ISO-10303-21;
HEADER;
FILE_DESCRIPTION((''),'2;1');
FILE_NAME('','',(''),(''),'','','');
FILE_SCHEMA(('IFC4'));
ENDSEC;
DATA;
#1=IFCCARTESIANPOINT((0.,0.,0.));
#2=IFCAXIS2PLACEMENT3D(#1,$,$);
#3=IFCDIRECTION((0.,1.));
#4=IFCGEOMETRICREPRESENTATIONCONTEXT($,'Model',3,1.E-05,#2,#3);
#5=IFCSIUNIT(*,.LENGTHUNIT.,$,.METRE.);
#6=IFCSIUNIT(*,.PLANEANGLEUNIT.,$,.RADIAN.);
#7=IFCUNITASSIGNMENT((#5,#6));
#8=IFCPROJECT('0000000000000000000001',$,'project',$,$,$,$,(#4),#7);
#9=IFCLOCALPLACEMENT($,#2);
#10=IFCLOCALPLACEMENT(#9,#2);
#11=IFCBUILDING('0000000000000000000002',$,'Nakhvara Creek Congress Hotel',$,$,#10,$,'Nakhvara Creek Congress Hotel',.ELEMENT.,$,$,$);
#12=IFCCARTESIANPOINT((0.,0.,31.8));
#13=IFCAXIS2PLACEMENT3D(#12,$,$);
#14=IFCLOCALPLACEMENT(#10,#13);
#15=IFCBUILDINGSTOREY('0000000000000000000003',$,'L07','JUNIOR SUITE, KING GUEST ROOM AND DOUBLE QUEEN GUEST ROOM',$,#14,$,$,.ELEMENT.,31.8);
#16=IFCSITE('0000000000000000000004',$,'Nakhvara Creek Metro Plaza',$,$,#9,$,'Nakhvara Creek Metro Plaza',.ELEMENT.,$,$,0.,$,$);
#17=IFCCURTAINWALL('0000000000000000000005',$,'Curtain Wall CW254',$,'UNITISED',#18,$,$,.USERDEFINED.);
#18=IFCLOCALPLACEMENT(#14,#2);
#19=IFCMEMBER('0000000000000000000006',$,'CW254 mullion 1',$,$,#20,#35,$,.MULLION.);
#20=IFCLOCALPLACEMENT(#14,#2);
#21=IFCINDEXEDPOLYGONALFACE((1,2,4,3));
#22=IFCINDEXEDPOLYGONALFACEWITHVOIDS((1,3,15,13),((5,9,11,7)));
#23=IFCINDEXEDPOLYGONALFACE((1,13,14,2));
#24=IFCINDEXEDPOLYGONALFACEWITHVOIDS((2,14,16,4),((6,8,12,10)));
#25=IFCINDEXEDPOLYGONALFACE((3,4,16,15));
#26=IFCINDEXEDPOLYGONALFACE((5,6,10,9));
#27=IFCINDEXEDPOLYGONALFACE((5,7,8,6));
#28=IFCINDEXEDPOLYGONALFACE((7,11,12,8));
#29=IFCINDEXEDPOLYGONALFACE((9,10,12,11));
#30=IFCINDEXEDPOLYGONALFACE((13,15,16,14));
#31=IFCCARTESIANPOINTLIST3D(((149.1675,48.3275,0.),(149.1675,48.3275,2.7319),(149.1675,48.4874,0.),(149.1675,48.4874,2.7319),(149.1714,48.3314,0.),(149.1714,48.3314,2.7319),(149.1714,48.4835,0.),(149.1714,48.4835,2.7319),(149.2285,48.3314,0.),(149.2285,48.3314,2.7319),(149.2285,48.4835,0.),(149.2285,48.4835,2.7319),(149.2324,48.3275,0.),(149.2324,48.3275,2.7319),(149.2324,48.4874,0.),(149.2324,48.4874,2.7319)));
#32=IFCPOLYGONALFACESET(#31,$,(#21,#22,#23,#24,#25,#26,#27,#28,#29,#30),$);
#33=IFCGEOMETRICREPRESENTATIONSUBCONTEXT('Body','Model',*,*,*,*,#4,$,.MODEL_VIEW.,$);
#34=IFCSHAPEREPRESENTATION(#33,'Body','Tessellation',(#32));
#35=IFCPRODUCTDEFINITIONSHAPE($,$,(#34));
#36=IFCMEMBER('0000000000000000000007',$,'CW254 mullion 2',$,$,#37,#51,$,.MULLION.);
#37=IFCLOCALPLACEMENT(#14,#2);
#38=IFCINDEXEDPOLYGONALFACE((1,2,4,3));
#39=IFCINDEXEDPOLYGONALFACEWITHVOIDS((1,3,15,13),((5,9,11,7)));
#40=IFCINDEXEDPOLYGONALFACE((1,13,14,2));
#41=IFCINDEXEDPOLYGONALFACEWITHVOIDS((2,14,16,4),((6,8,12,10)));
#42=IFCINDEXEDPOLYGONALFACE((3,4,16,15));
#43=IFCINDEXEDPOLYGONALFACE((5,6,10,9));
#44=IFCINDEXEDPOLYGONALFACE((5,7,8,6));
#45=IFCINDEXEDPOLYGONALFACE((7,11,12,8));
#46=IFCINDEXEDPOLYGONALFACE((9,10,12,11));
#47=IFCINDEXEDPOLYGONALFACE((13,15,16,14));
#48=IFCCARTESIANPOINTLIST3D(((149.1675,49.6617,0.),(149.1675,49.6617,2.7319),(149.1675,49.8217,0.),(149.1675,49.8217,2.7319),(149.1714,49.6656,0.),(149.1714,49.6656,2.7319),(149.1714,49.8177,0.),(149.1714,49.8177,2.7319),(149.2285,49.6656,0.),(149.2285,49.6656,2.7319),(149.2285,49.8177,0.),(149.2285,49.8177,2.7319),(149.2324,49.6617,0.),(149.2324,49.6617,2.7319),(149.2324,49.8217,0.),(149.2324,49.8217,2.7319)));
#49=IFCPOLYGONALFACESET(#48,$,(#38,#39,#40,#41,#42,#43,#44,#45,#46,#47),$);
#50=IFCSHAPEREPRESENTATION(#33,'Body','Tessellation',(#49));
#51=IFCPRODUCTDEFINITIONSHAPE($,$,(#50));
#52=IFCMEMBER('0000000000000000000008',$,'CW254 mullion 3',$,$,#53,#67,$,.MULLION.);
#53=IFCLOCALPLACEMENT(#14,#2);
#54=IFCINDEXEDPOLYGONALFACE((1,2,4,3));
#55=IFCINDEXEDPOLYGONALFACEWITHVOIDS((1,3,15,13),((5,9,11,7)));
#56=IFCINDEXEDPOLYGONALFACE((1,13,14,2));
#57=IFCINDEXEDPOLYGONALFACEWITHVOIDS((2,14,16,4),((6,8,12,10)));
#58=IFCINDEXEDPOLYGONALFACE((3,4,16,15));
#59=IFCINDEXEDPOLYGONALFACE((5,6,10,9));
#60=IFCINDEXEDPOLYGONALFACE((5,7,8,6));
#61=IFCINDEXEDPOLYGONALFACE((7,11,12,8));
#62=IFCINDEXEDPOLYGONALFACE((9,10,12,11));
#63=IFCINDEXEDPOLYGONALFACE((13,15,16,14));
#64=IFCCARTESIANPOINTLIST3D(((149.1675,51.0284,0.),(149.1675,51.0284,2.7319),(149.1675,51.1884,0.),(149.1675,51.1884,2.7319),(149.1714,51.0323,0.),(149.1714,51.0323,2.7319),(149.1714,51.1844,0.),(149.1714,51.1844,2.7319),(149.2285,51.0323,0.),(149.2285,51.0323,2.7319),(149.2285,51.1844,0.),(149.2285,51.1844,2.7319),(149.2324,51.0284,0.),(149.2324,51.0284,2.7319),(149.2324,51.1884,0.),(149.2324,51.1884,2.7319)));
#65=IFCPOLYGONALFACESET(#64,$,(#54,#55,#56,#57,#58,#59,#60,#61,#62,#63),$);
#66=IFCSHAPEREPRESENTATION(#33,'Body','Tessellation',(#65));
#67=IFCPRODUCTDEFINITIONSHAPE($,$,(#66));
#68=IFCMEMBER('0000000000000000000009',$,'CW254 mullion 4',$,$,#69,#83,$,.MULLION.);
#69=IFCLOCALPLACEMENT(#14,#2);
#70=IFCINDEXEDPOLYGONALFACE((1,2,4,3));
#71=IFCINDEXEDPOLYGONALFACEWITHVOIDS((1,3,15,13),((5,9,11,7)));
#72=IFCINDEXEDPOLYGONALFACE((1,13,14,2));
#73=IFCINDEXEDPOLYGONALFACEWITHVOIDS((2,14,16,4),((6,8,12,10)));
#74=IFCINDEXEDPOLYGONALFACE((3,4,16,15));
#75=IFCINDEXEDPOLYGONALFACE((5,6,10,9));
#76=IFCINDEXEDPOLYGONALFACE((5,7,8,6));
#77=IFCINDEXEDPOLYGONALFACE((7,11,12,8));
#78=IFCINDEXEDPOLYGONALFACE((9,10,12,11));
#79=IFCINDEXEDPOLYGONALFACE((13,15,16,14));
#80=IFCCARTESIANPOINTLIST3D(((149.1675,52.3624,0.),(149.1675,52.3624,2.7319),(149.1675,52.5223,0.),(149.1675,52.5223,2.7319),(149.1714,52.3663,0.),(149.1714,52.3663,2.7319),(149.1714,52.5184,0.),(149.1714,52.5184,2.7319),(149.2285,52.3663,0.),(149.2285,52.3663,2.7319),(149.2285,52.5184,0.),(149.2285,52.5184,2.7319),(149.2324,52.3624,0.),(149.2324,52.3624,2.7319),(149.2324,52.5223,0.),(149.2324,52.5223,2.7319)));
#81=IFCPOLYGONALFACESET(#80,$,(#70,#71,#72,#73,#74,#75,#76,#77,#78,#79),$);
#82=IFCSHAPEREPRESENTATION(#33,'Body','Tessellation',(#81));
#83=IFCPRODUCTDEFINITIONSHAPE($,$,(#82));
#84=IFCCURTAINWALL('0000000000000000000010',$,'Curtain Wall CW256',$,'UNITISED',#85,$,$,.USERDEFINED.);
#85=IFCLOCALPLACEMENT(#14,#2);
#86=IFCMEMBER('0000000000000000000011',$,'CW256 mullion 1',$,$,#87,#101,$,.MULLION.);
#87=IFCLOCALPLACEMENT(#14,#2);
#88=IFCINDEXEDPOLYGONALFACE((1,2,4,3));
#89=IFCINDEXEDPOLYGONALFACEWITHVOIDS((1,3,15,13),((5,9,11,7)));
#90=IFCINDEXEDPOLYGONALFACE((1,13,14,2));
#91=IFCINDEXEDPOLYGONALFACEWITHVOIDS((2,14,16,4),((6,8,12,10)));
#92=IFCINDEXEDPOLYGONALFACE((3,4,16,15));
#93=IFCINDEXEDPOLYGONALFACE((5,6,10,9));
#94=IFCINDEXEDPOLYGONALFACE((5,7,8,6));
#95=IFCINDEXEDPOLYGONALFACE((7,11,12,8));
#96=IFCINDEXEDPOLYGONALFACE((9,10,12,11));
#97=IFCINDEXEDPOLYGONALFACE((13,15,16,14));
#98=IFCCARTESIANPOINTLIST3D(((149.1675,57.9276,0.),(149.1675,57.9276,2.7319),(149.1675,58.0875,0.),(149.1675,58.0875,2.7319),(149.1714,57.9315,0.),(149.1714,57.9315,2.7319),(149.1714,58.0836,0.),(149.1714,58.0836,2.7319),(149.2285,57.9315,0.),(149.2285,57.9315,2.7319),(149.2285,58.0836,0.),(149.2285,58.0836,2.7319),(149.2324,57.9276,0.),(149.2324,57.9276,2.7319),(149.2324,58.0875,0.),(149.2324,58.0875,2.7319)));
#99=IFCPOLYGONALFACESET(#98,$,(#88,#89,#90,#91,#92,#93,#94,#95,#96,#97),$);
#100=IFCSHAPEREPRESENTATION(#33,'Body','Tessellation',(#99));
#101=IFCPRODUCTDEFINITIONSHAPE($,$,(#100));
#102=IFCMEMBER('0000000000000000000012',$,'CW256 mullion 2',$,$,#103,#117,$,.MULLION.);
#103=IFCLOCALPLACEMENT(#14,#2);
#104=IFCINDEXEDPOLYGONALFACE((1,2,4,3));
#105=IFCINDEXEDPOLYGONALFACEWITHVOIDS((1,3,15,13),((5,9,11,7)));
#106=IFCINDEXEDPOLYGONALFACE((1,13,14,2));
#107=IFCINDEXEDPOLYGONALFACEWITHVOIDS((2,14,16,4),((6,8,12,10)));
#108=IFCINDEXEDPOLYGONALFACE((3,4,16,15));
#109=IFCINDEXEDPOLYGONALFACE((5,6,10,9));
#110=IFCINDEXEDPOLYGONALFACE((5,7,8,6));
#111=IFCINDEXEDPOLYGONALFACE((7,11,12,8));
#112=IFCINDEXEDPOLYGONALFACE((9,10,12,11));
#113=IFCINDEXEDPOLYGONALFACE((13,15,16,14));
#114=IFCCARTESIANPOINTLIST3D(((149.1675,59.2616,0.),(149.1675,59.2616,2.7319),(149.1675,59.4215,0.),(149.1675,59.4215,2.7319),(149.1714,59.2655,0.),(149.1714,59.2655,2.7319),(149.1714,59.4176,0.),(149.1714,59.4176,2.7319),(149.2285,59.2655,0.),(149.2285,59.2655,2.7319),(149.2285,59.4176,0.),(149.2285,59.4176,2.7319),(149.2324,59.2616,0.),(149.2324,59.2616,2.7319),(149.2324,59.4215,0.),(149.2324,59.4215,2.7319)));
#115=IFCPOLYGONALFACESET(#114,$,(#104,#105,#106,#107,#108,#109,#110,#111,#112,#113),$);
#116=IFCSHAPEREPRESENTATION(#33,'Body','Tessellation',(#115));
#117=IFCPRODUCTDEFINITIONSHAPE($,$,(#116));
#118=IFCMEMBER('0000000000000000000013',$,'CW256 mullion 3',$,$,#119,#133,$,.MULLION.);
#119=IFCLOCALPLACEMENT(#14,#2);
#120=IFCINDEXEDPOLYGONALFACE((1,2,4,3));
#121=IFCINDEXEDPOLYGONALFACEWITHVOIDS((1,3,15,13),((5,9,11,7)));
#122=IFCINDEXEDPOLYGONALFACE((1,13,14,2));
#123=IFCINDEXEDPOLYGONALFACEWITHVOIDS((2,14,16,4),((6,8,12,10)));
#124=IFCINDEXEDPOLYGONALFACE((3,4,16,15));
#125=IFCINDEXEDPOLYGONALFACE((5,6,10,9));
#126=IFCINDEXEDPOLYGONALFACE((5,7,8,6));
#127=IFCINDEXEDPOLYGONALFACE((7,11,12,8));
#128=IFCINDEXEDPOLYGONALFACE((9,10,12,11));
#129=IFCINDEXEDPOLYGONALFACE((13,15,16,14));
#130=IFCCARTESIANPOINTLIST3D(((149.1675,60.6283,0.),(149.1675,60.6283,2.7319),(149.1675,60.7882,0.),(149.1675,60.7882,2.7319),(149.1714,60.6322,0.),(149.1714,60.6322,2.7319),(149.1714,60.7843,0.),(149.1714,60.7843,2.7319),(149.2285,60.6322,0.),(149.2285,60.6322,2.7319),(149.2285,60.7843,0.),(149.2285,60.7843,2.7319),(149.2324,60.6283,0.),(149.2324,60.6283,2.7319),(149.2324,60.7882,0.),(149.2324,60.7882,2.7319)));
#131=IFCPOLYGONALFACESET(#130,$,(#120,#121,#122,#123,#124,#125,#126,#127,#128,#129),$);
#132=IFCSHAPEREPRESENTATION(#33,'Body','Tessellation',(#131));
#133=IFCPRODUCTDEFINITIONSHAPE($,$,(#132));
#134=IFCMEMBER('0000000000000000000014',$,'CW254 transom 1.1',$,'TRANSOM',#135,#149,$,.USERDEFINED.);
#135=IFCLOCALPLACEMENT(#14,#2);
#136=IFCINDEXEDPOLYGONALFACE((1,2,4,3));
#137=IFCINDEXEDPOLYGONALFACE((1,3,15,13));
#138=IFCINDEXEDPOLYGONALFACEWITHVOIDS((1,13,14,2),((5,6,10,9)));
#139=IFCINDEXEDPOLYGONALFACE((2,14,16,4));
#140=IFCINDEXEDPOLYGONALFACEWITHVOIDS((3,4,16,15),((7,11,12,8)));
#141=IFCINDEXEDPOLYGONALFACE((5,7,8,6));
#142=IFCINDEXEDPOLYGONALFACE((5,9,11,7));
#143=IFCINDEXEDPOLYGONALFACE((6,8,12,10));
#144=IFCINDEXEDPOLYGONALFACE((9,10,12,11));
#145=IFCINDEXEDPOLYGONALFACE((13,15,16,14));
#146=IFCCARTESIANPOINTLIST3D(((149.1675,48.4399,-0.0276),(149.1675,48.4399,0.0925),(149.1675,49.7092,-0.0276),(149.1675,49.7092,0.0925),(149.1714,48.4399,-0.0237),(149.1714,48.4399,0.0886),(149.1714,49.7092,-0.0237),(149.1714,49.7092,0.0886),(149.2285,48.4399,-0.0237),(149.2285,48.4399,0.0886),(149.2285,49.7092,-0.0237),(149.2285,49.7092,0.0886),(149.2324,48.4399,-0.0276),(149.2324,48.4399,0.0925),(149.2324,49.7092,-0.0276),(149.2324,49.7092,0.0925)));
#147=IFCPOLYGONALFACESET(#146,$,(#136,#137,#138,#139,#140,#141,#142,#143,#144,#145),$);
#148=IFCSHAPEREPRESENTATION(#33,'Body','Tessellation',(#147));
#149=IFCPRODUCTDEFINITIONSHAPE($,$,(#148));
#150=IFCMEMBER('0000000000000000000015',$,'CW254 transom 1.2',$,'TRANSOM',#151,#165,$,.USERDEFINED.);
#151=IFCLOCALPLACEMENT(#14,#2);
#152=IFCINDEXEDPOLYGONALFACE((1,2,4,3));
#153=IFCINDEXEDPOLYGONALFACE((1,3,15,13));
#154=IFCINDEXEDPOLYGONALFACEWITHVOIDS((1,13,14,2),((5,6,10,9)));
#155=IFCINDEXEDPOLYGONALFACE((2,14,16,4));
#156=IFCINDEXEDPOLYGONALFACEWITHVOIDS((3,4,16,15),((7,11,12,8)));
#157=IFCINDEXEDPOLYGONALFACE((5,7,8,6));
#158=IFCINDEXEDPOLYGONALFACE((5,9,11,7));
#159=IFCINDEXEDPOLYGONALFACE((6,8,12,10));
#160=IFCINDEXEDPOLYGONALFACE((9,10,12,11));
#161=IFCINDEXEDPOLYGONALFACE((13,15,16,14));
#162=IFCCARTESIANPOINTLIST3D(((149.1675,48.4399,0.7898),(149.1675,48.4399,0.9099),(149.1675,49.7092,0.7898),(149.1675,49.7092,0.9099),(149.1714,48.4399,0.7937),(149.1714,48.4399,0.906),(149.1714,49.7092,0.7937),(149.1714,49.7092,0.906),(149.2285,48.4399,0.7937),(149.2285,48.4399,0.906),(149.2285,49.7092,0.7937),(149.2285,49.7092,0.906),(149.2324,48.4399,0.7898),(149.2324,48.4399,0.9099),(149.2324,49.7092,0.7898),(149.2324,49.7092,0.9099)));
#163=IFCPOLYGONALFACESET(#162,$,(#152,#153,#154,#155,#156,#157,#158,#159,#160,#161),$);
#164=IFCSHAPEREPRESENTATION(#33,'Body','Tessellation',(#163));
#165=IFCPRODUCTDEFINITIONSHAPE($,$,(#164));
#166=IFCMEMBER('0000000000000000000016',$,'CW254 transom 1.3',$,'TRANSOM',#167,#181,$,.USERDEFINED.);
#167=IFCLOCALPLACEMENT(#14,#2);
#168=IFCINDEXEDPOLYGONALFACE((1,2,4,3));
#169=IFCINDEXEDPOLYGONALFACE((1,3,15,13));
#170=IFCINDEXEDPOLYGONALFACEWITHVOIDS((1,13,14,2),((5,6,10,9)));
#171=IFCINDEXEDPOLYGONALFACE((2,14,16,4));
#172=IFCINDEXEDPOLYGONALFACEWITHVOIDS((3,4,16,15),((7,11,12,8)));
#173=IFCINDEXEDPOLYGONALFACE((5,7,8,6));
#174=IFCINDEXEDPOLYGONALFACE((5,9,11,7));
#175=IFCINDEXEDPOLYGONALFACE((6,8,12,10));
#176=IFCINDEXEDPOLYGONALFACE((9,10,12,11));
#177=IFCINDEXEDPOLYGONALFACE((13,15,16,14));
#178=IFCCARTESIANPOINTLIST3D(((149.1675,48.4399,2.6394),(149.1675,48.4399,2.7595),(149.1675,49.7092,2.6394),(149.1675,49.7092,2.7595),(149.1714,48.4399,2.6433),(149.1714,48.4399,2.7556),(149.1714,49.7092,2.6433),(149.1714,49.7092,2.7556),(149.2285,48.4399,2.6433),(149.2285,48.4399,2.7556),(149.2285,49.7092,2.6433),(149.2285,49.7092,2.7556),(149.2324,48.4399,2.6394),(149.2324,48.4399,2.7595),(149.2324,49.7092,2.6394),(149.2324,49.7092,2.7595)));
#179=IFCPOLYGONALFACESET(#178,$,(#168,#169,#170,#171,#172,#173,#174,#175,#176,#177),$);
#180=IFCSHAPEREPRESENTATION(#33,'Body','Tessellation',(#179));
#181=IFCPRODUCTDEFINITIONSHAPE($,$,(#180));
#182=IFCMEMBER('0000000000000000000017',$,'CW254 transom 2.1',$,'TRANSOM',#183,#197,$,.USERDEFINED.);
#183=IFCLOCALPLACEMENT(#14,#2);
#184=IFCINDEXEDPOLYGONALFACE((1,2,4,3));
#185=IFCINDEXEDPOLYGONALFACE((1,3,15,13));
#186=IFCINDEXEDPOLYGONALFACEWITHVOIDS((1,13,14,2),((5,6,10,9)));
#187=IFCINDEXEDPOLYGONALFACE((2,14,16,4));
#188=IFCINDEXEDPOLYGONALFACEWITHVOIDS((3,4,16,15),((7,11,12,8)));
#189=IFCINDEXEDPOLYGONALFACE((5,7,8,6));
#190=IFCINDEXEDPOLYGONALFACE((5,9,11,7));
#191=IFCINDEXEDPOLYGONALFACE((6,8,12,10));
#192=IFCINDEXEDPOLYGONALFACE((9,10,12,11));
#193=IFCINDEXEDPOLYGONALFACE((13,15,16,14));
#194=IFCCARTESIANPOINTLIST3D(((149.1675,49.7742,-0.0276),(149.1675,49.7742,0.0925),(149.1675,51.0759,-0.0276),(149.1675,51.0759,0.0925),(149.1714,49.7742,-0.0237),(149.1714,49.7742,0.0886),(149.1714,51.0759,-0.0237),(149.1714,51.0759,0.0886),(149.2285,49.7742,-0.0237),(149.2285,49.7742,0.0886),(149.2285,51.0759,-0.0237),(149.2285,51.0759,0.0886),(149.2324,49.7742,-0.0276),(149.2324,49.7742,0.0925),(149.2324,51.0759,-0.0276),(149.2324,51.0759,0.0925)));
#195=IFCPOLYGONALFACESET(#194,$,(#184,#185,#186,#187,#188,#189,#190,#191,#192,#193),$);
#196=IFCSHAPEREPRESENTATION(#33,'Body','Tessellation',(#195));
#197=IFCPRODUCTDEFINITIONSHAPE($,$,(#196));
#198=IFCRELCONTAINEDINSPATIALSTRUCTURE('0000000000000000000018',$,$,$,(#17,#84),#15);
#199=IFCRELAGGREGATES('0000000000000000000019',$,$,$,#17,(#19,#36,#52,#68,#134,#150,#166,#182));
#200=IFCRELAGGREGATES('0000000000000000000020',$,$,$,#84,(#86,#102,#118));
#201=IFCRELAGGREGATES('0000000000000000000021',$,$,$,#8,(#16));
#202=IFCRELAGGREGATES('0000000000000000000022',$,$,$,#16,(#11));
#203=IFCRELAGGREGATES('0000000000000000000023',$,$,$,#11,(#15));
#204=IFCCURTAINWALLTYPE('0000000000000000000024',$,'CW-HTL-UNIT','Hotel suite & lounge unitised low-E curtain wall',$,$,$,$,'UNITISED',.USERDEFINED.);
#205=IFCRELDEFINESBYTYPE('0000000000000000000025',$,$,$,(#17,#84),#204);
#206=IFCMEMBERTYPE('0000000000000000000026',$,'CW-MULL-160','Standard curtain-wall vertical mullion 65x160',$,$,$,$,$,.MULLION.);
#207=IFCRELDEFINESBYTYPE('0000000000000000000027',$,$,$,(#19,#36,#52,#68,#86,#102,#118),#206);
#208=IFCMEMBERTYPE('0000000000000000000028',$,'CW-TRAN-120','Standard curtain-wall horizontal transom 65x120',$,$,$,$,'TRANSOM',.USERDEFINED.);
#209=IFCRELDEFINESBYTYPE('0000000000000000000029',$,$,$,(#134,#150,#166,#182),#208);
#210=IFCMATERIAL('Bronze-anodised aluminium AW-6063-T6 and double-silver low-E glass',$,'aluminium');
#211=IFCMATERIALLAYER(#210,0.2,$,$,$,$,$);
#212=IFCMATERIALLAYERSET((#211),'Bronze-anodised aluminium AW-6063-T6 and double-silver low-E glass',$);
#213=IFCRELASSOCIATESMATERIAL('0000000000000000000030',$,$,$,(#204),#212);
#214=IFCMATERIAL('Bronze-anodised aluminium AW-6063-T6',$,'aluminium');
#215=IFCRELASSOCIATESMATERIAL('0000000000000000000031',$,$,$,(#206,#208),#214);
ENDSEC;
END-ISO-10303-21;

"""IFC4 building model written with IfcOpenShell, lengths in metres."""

from ifc_helpers import new_model, si_unit, direction, frame, origin, origin_2d, place, context, subcontext, project, spatial, hollow_rectangle, extrude, material, layer, layer_set, material_profile, profile_set, type_object, element, aggregate, save


model = new_model("IFC4")

# Units and contexts
model_context = context("Model", 3, precision=1e-05, world=origin(), true_north=direction((0.0, 1.0)))
body_context = subcontext(model_context, "Body", "Model", "MODEL_VIEW")
ifc_project = project(units=[si_unit("LENGTHUNIT", "METRE"), si_unit("PLANEANGLEUNIT", "RADIAN")], contexts=[model_context])

# Site, building, storey
site_placement = place(None, origin())
site = spatial("IfcSite", under=ifc_project, at=site_placement, Name="Nakhvara Creek Metro Plaza", LongName="Nakhvara Creek Metro Plaza", CompositionType="ELEMENT", RefElevation=0.0)
building_placement = place(site_placement, origin())
building = spatial("IfcBuilding", under=site, at=building_placement, Name="Nakhvara Creek Congress Hotel", LongName="Nakhvara Creek Congress Hotel", CompositionType="ELEMENT")
storey_placement = place(building_placement, frame((0.0, 0.0, 31.8)))
storey = spatial("IfcBuildingStorey", under=building, at=storey_placement, Name="L07", Description="JUNIOR SUITE, KING GUEST ROOM AND DOUBLE QUEEN GUEST ROOM", CompositionType="ELEMENT", Elevation=31.8)

# Curtain walls, members
ifc_material_1 = material(Name="Bronze-anodised aluminium AW-6063-T6 and double-silver low-E glass", Category="aluminium")
ifc_layer = layer(ifc_material_1, 0.2)
ifc_layer_set = layer_set([ifc_layer], Name="Bronze-anodised aluminium AW-6063-T6 and double-silver low-E glass")
curtain_wall_type = type_object("IfcCurtainWallType", Name="CW-HTL-UNIT", Description="Hotel suite & lounge unitised low-E curtain wall", ElementType="UNITISED", PredefinedType="USERDEFINED", material=ifc_layer_set)
curtain_wall_1_placement = place(storey_placement, origin())
curtain_wall_1 = element("IfcCurtainWall", 1, at=curtain_wall_1_placement, inside=storey, type_object=curtain_wall_type, Name="Curtain Wall CW254", ObjectType="UNITISED", PredefinedType="USERDEFINED")
ifc_material_2 = material(Name="Bronze-anodised aluminium AW-6063-T6", Category="aluminium")
ifc_material_profile_1 = material_profile(ifc_material_2, hollow_rectangle(XDim=0.0649, YDim=0.1599, WallThickness=0.0039, at=origin_2d()), Name="ALU-MULL 65x160x4", Category="LoadBearing")
ifc_profile_set_1 = profile_set([ifc_material_profile_1], Name="Bronze-anodised aluminium AW-6063-T6")
member_type_1 = type_object("IfcMemberType", Name="CW-MULL-160", Description="Standard curtain-wall vertical mullion 65x160", PredefinedType="MULLION", material=ifc_profile_set_1)
member_1_placement = place(storey_placement, frame((149.2, 48.4075, 0.0), z_axis=(0.0, 0.0, 1.0), x_axis=(-1.0, 0.0, 0.0)))
member_1 = element("IfcMember", 2, at=member_1_placement, type_object=member_type_1, Name="CW254 mullion 1", PredefinedType="MULLION", context=body_context, shape_type="SweptSolid", body=[
    extrude(hollow_rectangle(XDim=0.0649, YDim=0.1599, WallThickness=0.0039, at=origin_2d()), origin(), (0.0, 0.0, 1.0), 2.7319),
])
member_2_placement = place(storey_placement, frame((149.2, 49.7417, 0.0), z_axis=(0.0, 0.0, 1.0), x_axis=(-1.0, 0.0, 0.0)))
member_2 = element("IfcMember", 3, at=member_2_placement, type_object=member_type_1, Name="CW254 mullion 2", PredefinedType="MULLION", context=body_context, shape_type="SweptSolid", body=[
    extrude(hollow_rectangle(XDim=0.0649, YDim=0.1599, WallThickness=0.0039, at=origin_2d()), origin(), (0.0, 0.0, 1.0), 2.7319),
])
member_3_placement = place(storey_placement, frame((149.2, 51.1084, 0.0), z_axis=(0.0, 0.0, 1.0), x_axis=(-1.0, 0.0, 0.0)))
member_3 = element("IfcMember", 4, at=member_3_placement, type_object=member_type_1, Name="CW254 mullion 3", PredefinedType="MULLION", context=body_context, shape_type="SweptSolid", body=[
    extrude(hollow_rectangle(XDim=0.0649, YDim=0.1599, WallThickness=0.0039, at=origin_2d()), origin(), (0.0, 0.0, 1.0), 2.7319),
])
member_4_placement = place(storey_placement, frame((149.2, 52.4424, 0.0), z_axis=(0.0, 0.0, 1.0), x_axis=(-1.0, 0.0, 0.0)))
member_4 = element("IfcMember", 5, at=member_4_placement, type_object=member_type_1, Name="CW254 mullion 4", PredefinedType="MULLION", context=body_context, shape_type="SweptSolid", body=[
    extrude(hollow_rectangle(XDim=0.0649, YDim=0.1599, WallThickness=0.0039, at=origin_2d()), origin(), (0.0, 0.0, 1.0), 2.7319),
])
curtain_wall_2_placement = place(storey_placement, origin())
curtain_wall_2 = element("IfcCurtainWall", 6, at=curtain_wall_2_placement, inside=storey, type_object=curtain_wall_type, Name="Curtain Wall CW256", ObjectType="UNITISED", PredefinedType="USERDEFINED")
member_5_placement = place(storey_placement, frame((149.2, 58.0076, 0.0), z_axis=(0.0, 0.0, 1.0), x_axis=(-1.0, 0.0, 0.0)))
member_5 = element("IfcMember", 7, at=member_5_placement, type_object=member_type_1, Name="CW256 mullion 1", PredefinedType="MULLION", context=body_context, shape_type="SweptSolid", body=[
    extrude(hollow_rectangle(XDim=0.0649, YDim=0.1599, WallThickness=0.0039, at=origin_2d()), origin(), (0.0, 0.0, 1.0), 2.7319),
])
member_6_placement = place(storey_placement, frame((149.2, 59.3416, 0.0), z_axis=(0.0, 0.0, 1.0), x_axis=(-1.0, 0.0, 0.0)))
member_6 = element("IfcMember", 8, at=member_6_placement, type_object=member_type_1, Name="CW256 mullion 2", PredefinedType="MULLION", context=body_context, shape_type="SweptSolid", body=[
    extrude(hollow_rectangle(XDim=0.0649, YDim=0.1599, WallThickness=0.0039, at=origin_2d()), origin(), (0.0, 0.0, 1.0), 2.7319),
])
member_7_placement = place(storey_placement, frame((149.2, 60.7083, 0.0), z_axis=(0.0, 0.0, 1.0), x_axis=(-1.0, 0.0, 0.0)))
member_7 = element("IfcMember", 9, at=member_7_placement, type_object=member_type_1, Name="CW256 mullion 3", PredefinedType="MULLION", context=body_context, shape_type="SweptSolid", body=[
    extrude(hollow_rectangle(XDim=0.0649, YDim=0.1599, WallThickness=0.0039, at=origin_2d()), origin(), (0.0, 0.0, 1.0), 2.7319),
])

# Members
ifc_material_profile_2 = material_profile(ifc_material_2, hollow_rectangle(XDim=0.0649, YDim=0.1201, WallThickness=0.0039, at=origin_2d()), Name="ALU-TRAN 65x120x4", Category="LoadBearing")
ifc_profile_set_2 = profile_set([ifc_material_profile_2], Name="Bronze-anodised aluminium AW-6063-T6")
member_type_2 = type_object("IfcMemberType", Name="CW-TRAN-120", Description="Standard curtain-wall horizontal transom 65x120", ElementType="TRANSOM", PredefinedType="USERDEFINED", material=ifc_profile_set_2)
member_8_placement = place(storey_placement, frame((149.2, 48.4399, 0.0325), z_axis=(0.0, 1.0, 0.0), x_axis=(-1.0, 0.0, 0.0)))
member_8 = element("IfcMember", 10, at=member_8_placement, type_object=member_type_2, Name="CW254 transom 1.1", ObjectType="TRANSOM", PredefinedType="USERDEFINED", context=body_context, shape_type="SweptSolid", body=[
    extrude(hollow_rectangle(XDim=0.0649, YDim=0.1201, WallThickness=0.0039, at=origin_2d()), origin(), (0.0, 0.0, 1.0), 1.2693),
])
member_9_placement = place(storey_placement, frame((149.2, 48.4399, 0.8499), z_axis=(0.0, 1.0, 0.0), x_axis=(-1.0, 0.0, 0.0)))
member_9 = element("IfcMember", 11, at=member_9_placement, type_object=member_type_2, Name="CW254 transom 1.2", ObjectType="TRANSOM", PredefinedType="USERDEFINED", context=body_context, shape_type="SweptSolid", body=[
    extrude(hollow_rectangle(XDim=0.0649, YDim=0.1201, WallThickness=0.0039, at=origin_2d()), origin(), (0.0, 0.0, 1.0), 1.2693),
])
member_10_placement = place(storey_placement, frame((149.2, 48.4399, 2.6995), z_axis=(0.0, 1.0, 0.0), x_axis=(-1.0, 0.0, 0.0)))
member_10 = element("IfcMember", 12, at=member_10_placement, type_object=member_type_2, Name="CW254 transom 1.3", ObjectType="TRANSOM", PredefinedType="USERDEFINED", context=body_context, shape_type="SweptSolid", body=[
    extrude(hollow_rectangle(XDim=0.0649, YDim=0.1201, WallThickness=0.0039, at=origin_2d()), origin(), (0.0, 0.0, 1.0), 1.2693),
])
member_11_placement = place(storey_placement, frame((149.2, 49.7742, 0.0325), z_axis=(0.0, 1.0, 0.0), x_axis=(-1.0, 0.0, 0.0)))
member_11 = element("IfcMember", 13, at=member_11_placement, type_object=member_type_2, Name="CW254 transom 2.1", ObjectType="TRANSOM", PredefinedType="USERDEFINED", context=body_context, shape_type="SweptSolid", body=[
    extrude(hollow_rectangle(XDim=0.0649, YDim=0.1201, WallThickness=0.0039, at=origin_2d()), origin(), (0.0, 0.0, 1.0), 1.3018),
])

aggregate(curtain_wall_1, [member_1, member_2, member_3, member_4, member_8, member_9, member_10, member_11])
aggregate(curtain_wall_2, [member_5, member_6, member_7])

save(model, "model.ifc")
